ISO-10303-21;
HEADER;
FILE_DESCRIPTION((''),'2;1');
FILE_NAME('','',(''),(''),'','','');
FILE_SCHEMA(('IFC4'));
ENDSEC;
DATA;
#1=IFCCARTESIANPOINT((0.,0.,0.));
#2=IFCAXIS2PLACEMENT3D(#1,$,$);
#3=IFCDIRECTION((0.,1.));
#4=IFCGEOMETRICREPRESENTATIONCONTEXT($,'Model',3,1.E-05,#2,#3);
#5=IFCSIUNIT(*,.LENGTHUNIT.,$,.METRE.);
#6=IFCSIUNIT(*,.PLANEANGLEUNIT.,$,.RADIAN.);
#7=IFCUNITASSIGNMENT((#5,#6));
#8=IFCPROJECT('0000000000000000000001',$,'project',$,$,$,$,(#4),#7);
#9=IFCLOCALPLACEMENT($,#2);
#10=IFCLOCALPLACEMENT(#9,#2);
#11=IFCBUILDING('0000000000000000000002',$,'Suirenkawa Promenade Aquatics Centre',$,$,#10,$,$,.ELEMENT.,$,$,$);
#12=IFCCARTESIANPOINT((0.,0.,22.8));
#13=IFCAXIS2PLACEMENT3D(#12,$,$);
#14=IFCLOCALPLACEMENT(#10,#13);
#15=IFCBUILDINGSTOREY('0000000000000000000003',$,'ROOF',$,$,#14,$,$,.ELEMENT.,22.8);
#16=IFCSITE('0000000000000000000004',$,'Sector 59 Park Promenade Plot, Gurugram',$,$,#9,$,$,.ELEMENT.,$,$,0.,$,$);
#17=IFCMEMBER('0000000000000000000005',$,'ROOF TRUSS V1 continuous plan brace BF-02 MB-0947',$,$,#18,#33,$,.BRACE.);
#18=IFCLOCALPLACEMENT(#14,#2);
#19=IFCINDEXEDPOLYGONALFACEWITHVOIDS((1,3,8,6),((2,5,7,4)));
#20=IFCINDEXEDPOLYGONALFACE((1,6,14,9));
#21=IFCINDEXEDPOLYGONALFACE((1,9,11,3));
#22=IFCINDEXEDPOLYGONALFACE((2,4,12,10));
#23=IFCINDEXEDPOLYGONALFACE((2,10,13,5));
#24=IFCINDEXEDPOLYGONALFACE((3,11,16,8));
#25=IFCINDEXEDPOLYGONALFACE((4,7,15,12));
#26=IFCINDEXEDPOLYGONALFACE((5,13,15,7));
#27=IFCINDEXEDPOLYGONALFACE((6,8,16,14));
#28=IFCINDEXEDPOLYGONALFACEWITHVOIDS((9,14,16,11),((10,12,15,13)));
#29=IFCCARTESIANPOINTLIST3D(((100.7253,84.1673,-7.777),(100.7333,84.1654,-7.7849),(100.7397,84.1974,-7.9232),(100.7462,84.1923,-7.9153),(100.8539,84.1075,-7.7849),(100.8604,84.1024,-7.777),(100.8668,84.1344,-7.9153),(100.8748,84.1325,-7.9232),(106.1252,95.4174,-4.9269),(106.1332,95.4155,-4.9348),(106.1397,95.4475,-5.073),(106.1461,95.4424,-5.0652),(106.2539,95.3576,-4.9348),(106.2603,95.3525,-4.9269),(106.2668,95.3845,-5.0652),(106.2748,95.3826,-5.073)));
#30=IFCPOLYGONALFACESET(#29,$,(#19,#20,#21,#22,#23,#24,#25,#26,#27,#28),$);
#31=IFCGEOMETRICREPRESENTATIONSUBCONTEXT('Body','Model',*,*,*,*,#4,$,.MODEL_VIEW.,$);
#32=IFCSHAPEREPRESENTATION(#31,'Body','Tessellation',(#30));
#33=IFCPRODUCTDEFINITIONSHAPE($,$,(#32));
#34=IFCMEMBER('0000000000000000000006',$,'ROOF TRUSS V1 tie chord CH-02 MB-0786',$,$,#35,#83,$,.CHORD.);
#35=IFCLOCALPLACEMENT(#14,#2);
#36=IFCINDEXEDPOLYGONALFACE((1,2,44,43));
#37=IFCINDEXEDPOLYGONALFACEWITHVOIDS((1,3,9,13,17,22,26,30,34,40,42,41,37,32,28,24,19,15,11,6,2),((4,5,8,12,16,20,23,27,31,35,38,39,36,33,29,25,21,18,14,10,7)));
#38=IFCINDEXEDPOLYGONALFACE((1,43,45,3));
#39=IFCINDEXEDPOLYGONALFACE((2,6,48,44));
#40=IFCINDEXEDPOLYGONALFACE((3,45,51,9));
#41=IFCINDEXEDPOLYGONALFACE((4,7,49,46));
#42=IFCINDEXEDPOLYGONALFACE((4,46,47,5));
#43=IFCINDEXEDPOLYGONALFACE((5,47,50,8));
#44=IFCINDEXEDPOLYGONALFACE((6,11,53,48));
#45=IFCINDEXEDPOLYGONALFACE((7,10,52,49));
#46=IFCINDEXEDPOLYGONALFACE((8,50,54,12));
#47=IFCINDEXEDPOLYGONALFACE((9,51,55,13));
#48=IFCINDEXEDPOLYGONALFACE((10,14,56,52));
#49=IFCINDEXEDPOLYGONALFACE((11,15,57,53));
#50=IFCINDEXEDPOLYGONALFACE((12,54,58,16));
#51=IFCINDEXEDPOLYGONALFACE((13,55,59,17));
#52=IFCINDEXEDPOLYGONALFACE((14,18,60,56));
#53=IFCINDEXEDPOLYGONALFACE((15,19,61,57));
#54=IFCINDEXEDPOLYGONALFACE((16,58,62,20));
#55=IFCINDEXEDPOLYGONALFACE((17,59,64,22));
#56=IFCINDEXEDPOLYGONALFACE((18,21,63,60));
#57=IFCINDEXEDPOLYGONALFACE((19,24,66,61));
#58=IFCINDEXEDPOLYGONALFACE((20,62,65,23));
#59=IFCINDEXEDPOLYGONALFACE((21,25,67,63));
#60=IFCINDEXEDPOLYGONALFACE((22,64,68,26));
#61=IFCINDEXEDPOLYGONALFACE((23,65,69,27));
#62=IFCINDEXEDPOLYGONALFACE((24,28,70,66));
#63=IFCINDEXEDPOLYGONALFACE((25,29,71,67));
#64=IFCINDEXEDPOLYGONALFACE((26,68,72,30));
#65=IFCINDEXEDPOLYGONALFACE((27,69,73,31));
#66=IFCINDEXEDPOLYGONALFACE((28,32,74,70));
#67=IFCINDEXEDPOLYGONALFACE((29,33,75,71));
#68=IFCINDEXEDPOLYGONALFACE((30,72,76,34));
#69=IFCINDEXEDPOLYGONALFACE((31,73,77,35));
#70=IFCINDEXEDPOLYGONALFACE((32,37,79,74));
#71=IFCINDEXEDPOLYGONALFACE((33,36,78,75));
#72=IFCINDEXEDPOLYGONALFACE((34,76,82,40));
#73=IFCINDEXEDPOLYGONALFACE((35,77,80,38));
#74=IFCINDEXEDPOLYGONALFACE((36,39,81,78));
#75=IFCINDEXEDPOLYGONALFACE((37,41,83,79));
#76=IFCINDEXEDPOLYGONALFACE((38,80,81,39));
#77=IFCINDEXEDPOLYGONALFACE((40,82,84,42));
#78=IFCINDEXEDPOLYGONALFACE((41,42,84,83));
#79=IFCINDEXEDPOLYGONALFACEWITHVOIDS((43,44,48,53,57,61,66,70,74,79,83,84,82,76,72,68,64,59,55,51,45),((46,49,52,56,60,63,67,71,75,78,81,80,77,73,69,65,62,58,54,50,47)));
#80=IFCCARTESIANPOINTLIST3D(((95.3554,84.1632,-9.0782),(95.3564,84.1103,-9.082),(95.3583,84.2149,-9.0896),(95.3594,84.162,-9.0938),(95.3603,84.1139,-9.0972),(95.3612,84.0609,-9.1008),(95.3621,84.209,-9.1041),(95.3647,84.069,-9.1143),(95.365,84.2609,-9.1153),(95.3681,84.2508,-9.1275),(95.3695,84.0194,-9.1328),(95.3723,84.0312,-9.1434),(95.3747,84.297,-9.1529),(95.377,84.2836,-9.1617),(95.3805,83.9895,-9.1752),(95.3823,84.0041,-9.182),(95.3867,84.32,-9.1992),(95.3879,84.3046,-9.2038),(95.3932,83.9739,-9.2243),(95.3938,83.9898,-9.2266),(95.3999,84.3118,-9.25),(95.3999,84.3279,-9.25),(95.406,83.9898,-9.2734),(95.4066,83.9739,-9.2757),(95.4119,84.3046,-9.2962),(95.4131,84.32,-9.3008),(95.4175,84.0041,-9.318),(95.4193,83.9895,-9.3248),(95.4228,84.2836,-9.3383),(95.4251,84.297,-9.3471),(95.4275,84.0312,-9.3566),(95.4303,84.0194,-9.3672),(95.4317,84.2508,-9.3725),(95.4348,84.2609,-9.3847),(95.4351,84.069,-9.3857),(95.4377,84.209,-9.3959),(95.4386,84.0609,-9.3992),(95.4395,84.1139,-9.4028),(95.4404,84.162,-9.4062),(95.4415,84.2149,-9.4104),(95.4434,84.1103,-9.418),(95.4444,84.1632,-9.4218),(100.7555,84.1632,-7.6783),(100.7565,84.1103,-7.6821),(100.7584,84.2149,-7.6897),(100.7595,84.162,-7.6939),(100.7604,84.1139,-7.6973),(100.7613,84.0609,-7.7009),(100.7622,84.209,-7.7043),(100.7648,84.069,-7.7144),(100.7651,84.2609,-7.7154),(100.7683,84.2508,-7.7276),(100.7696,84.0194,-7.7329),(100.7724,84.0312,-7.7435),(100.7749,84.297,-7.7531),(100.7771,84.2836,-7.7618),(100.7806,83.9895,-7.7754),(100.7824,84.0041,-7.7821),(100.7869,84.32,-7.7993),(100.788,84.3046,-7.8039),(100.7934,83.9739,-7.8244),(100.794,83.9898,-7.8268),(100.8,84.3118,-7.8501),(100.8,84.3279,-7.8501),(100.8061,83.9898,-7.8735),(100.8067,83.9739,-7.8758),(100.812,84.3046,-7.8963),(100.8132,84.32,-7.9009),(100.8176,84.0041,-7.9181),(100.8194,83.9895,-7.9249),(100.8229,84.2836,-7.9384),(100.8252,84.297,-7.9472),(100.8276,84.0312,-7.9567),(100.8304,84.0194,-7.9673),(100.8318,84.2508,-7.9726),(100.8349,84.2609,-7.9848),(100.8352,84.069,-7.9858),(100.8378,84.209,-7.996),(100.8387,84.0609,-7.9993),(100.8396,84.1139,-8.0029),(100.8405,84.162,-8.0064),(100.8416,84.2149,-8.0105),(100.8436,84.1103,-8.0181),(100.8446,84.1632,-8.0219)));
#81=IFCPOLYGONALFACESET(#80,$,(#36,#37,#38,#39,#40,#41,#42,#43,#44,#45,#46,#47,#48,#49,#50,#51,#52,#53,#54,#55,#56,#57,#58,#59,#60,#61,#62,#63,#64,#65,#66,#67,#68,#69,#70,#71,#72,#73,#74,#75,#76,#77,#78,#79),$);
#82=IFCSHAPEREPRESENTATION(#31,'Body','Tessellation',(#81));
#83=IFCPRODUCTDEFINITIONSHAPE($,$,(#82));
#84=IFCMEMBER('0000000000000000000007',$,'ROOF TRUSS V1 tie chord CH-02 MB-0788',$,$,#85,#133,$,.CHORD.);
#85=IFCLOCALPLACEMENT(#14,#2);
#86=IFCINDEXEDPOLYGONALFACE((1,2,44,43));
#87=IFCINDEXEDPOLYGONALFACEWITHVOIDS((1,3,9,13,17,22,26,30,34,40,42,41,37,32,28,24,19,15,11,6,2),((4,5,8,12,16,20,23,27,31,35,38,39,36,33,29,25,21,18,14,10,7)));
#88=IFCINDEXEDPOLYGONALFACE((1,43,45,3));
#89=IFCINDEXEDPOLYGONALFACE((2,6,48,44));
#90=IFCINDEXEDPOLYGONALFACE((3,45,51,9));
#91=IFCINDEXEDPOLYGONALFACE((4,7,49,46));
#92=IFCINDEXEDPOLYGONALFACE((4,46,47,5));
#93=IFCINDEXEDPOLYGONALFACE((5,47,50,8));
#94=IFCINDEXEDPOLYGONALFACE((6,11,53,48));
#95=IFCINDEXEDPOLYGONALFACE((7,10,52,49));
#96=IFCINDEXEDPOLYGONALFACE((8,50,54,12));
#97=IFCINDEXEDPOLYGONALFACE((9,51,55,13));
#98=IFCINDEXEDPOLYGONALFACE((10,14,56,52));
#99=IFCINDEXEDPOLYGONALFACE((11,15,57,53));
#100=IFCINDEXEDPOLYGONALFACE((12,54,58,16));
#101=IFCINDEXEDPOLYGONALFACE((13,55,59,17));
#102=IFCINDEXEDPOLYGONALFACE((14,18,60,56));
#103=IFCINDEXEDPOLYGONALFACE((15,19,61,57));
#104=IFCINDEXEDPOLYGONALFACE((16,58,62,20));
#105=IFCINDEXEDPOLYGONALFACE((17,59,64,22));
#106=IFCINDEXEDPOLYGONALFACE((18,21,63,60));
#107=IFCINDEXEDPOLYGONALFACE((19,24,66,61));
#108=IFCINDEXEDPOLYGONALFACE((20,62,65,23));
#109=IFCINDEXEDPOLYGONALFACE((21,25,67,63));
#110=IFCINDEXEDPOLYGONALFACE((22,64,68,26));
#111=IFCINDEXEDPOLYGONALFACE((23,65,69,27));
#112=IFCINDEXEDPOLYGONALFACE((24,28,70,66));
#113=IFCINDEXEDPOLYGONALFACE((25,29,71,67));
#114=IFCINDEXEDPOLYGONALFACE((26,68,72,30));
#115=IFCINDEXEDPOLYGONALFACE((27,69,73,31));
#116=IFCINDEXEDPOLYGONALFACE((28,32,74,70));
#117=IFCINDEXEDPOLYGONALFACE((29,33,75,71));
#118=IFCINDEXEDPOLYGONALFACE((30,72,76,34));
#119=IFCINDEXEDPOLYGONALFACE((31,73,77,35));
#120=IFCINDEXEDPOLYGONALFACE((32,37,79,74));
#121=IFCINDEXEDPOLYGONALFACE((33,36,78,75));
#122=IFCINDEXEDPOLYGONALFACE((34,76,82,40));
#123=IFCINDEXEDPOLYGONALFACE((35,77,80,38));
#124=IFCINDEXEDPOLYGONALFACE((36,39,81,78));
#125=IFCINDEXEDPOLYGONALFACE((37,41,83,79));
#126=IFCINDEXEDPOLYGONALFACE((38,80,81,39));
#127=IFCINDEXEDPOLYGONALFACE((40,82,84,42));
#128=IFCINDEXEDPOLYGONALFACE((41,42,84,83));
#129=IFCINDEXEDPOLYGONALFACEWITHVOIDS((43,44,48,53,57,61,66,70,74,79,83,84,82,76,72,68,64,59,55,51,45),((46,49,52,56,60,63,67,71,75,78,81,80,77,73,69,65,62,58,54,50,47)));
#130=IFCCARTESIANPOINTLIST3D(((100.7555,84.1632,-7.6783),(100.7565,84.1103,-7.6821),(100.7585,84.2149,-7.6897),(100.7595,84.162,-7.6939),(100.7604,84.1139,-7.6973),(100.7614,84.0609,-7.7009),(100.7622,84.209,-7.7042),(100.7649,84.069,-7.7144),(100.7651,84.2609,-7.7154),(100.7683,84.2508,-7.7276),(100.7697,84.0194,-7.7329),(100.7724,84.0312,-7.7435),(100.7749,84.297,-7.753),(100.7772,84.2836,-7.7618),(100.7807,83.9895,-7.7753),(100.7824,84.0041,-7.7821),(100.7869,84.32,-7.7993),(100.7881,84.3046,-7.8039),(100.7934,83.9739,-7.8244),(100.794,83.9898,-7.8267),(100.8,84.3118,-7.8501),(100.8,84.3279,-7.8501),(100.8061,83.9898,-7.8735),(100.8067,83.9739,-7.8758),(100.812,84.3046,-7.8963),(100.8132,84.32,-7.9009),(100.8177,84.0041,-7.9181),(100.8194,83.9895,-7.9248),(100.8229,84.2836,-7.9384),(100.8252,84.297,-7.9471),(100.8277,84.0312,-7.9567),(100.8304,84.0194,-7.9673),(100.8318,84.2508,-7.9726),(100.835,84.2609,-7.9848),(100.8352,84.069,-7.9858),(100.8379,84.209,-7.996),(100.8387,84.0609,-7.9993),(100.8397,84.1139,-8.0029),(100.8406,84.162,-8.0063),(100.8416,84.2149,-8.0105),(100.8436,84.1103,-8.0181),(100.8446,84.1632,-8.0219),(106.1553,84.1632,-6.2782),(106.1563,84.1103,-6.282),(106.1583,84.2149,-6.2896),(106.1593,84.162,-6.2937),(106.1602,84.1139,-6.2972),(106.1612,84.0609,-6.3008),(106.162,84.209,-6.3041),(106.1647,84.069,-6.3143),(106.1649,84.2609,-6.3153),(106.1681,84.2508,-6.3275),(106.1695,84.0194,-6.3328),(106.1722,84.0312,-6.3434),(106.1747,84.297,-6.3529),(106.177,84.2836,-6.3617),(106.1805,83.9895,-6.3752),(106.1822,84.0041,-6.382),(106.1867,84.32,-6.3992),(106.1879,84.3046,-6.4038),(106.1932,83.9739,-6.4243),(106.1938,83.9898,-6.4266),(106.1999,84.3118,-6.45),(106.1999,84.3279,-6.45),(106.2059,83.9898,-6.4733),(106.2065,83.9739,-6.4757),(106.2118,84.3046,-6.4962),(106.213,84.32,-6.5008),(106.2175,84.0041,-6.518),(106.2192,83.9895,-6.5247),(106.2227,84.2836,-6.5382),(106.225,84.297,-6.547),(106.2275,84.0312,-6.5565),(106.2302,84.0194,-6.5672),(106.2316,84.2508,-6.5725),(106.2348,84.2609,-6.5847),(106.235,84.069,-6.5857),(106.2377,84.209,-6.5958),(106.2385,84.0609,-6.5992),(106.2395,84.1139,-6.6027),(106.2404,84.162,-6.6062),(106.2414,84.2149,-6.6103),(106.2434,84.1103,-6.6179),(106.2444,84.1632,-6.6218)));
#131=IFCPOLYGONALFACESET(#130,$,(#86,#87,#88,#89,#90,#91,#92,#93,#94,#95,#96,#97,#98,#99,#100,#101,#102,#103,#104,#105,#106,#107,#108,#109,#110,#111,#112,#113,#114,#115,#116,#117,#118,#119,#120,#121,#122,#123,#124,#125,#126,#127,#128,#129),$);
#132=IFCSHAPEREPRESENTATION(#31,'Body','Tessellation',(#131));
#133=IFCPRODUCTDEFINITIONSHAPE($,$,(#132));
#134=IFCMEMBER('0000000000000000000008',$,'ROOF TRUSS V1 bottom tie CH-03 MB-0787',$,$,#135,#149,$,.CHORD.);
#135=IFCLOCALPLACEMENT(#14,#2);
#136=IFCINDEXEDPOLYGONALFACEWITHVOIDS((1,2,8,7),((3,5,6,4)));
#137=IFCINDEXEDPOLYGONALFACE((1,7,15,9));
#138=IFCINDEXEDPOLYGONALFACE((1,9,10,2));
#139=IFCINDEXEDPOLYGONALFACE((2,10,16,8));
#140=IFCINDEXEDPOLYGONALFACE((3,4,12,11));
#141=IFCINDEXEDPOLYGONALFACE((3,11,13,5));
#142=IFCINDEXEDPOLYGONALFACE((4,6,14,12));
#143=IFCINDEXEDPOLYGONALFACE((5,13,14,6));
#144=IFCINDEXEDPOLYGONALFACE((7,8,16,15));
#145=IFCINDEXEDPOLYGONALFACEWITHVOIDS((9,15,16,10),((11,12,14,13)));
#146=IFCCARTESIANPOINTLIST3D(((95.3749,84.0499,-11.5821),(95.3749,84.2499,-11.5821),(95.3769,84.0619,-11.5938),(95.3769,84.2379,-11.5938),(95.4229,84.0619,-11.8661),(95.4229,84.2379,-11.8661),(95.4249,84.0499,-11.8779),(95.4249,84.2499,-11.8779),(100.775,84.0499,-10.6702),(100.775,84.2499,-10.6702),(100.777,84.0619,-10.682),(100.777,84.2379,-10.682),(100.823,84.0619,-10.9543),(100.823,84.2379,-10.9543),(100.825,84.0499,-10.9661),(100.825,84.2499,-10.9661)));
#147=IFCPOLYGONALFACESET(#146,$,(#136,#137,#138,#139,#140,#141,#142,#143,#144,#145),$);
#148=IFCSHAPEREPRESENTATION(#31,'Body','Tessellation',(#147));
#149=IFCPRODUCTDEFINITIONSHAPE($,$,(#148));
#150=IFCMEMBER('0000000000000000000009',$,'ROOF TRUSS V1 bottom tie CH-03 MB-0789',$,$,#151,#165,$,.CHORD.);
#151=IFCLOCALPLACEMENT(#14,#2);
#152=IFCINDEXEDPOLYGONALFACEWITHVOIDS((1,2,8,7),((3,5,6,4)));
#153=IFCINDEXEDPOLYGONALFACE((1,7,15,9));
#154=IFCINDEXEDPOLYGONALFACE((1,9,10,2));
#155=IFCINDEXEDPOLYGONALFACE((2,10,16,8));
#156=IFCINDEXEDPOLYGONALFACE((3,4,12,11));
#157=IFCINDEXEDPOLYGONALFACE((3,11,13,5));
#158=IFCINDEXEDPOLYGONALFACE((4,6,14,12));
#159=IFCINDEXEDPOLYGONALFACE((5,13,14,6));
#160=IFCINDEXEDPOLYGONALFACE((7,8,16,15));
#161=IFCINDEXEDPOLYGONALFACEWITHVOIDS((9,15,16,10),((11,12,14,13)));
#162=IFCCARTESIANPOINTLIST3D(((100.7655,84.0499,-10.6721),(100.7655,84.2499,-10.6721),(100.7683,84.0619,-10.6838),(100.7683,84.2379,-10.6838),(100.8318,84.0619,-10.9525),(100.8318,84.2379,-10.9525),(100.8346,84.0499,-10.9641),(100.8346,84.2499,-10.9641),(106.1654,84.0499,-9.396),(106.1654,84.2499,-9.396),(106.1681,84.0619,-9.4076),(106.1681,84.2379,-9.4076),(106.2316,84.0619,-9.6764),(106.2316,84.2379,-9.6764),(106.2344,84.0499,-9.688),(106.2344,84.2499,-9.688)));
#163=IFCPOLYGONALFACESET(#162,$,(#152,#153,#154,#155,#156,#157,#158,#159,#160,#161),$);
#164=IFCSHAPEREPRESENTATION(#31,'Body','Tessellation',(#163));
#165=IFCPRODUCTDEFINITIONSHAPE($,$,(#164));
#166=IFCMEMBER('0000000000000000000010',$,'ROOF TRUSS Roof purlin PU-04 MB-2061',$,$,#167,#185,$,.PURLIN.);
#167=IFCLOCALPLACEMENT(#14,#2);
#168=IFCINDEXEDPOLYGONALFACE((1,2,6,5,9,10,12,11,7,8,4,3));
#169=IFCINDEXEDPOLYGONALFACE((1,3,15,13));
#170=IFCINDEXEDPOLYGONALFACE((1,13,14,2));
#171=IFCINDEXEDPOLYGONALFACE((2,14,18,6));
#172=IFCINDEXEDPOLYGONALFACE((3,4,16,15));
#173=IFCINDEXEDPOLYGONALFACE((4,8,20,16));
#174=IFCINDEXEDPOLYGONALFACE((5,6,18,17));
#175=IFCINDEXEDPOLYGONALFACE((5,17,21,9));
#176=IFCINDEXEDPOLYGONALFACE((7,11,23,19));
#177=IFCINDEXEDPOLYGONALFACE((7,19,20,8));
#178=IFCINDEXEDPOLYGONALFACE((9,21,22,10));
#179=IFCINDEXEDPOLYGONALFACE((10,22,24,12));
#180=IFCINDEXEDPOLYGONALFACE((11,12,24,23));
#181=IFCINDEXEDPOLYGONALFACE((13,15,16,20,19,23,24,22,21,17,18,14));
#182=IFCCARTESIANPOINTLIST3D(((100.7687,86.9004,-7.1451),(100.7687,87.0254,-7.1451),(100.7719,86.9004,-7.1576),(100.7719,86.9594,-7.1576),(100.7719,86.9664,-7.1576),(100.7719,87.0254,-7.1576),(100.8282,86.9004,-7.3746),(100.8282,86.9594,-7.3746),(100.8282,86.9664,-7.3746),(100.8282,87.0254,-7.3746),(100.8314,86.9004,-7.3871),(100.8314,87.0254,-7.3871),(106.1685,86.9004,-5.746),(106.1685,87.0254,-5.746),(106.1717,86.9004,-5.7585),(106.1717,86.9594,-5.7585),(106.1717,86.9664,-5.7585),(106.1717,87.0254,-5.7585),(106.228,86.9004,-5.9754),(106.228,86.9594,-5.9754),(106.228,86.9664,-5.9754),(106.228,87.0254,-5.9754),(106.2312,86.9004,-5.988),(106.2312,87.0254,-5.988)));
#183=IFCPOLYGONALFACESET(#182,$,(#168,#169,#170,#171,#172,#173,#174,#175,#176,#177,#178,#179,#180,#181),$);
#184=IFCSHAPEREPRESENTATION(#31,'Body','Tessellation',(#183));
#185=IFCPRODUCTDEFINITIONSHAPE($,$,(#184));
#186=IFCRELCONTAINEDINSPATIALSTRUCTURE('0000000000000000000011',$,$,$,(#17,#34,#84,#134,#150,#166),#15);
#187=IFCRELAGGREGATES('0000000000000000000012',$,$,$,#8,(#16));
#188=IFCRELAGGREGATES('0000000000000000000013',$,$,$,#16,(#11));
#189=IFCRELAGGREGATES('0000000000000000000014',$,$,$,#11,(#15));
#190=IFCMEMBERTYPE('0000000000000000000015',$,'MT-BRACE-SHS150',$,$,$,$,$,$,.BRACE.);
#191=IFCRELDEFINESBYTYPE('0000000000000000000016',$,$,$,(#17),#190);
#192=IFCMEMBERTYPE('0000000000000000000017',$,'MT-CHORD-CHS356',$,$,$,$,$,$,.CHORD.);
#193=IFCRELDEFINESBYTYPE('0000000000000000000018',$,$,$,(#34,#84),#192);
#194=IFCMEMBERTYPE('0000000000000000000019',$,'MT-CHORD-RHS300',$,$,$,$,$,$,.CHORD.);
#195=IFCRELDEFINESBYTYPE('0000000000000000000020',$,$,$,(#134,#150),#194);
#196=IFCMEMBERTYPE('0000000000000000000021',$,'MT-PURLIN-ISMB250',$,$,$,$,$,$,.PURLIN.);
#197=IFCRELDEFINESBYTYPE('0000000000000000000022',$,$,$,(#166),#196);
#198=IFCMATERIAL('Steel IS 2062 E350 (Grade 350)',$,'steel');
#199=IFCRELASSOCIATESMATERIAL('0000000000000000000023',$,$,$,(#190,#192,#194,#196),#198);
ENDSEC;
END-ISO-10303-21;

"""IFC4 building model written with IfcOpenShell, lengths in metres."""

from ifc_helpers import new_model, si_unit, direction, frame, origin, origin_2d, place, context, subcontext, project, spatial, hollow_rectangle, hollow_circle, i_section, extrude, material, material_profile, profile_set, type_object, element, save


model = new_model("IFC4")

# Units and contexts
model_context = context("Model", 3, precision=1e-05, world=origin(), true_north=direction((0.0, 1.0)))
body_context = subcontext(model_context, "Body", "Model", "MODEL_VIEW")
ifc_project = project(units=[si_unit("LENGTHUNIT", "METRE"), si_unit("PLANEANGLEUNIT", "RADIAN")], contexts=[model_context])

# Site, building, storey
site_placement = place(None, origin())
site = spatial("IfcSite", under=ifc_project, at=site_placement, Name="Sector 59 Park Promenade Plot, Gurugram", CompositionType="ELEMENT", RefElevation=0.0)
building_placement = place(site_placement, origin())
building = spatial("IfcBuilding", under=site, at=building_placement, Name="Suirenkawa Promenade Aquatics Centre", CompositionType="ELEMENT")
storey_placement = place(building_placement, frame((0.0, 0.0, 22.8)))
storey = spatial("IfcBuildingStorey", under=building, at=storey_placement, Name="ROOF", CompositionType="ELEMENT", Elevation=22.8)

# Shared definitions
ifc_material = material(Name="Steel IS 2062 E350 (Grade 350)", Category="steel")

# Members
ifc_material_profile_1 = material_profile(ifc_material, hollow_rectangle(XDim=0.1499, YDim=0.1499, WallThickness=0.0081, at=origin_2d()), Name="SHS 150x150x8", Category="steel")
ifc_profile_set_1 = profile_set([ifc_material_profile_1], Name="Steel IS 2062 E350 (Grade 350)")
member_type_1 = type_object("IfcMemberType", Name="MT-BRACE-SHS150", PredefinedType="BRACE", material=ifc_profile_set_1)
member_1_placement = place(storey_placement, frame((100.8, 84.1499, -7.8501), z_axis=(0.421862, 0.878894, 0.222661), x_axis=(-0.901526, 0.432725, 0.0)))
element("IfcMember", 1, at=member_1_placement, inside=storey, type_object=member_type_1, Name="ROOF TRUSS V1 continuous plan brace BF-02 MB-0947", PredefinedType="BRACE", context=body_context, shape_type="SweptSolid", body=[
    extrude(hollow_rectangle(XDim=0.1499, YDim=0.1499, WallThickness=0.0081, at=origin_2d()), origin(), (0.0, 0.0, 1.0), 12.8003),
])
ifc_material_profile_2 = material_profile(ifc_material, hollow_circle(Radius=0.178, WallThickness=0.0161, at=origin_2d()), Name="CHS 356x16", Category="steel")
ifc_profile_set_2 = profile_set([ifc_material_profile_2], Name="Steel IS 2062 E350 (Grade 350)")
member_type_2 = type_object("IfcMemberType", Name="MT-CHORD-CHS356", PredefinedType="CHORD", material=ifc_profile_set_2)
member_2_placement = place(storey_placement, frame((95.3999, 84.1499, -9.25), z_axis=(0.968003, 0.0, 0.250939), x_axis=(0.0, 1.0, 0.0)))
element("IfcMember", 2, at=member_2_placement, inside=storey, type_object=member_type_2, Name="ROOF TRUSS V1 tie chord CH-02 MB-0786", PredefinedType="CHORD", context=body_context, shape_type="SweptSolid", body=[
    extrude(hollow_circle(Radius=0.178, WallThickness=0.0161, at=origin_2d()), origin(), (0.0, 0.0, 1.0), 5.5786),
])
member_3_placement = place(storey_placement, frame((100.8, 84.1499, -7.8501), z_axis=(0.967989, 0.0, 0.250991), x_axis=(0.0, 1.0, 0.0)))
element("IfcMember", 3, at=member_3_placement, inside=storey, type_object=member_type_2, Name="ROOF TRUSS V1 tie chord CH-02 MB-0788", PredefinedType="CHORD", context=body_context, shape_type="SweptSolid", body=[
    extrude(hollow_circle(Radius=0.178, WallThickness=0.0161, at=origin_2d()), origin(), (0.0, 0.0, 1.0), 5.5784),
])
ifc_material_profile_3 = material_profile(ifc_material, hollow_rectangle(XDim=0.2, YDim=0.3, WallThickness=0.012, at=origin_2d()), Name="RHS 300x200x12", Category="steel")
ifc_profile_set_3 = profile_set([ifc_material_profile_3], Name="Steel IS 2062 E350 (Grade 350)")
member_type_3 = type_object("IfcMemberType", Name="MT-CHORD-RHS300", PredefinedType="CHORD", material=ifc_profile_set_3)
member_4_placement = place(storey_placement, frame((95.3999, 84.1499, -11.73), z_axis=(0.986041, 0.0, 0.166502), x_axis=(0.0, 1.0, 0.0)))
element("IfcMember", 4, at=member_4_placement, inside=storey, type_object=member_type_3, Name="ROOF TRUSS V1 bottom tie CH-03 MB-0787", PredefinedType="CHORD", context=body_context, shape_type="SweptSolid", body=[
    extrude(hollow_rectangle(XDim=0.2, YDim=0.3, WallThickness=0.012, at=origin_2d()), origin(), (0.0, 0.0, 1.0), 5.4766),
])
member_5_placement = place(storey_placement, frame((100.8, 84.1499, -10.8181), z_axis=(0.973193, 0.0, 0.229988), x_axis=(0.0, 1.0, 0.0)))
element("IfcMember", 5, at=member_5_placement, inside=storey, type_object=member_type_3, Name="ROOF TRUSS V1 bottom tie CH-03 MB-0789", PredefinedType="CHORD", context=body_context, shape_type="SweptSolid", body=[
    extrude(hollow_rectangle(XDim=0.2, YDim=0.3, WallThickness=0.012, at=origin_2d()), origin(), (0.0, 0.0, 1.0), 5.5486),
])
ifc_material_profile_4 = material_profile(ifc_material, i_section(OverallWidth=0.125, OverallDepth=0.25, WebThickness=0.0071, FlangeThickness=0.0129, at=origin_2d()), Name="ISMB 250", Category="steel")
ifc_profile_set_4 = profile_set([ifc_material_profile_4], Name="Steel IS 2062 E350 (Grade 350)")
member_type_4 = type_object("IfcMemberType", Name="MT-PURLIN-ISMB250", PredefinedType="PURLIN", material=ifc_profile_set_4)
member_6_placement = place(storey_placement, frame((100.8, 86.9629, -7.2661), z_axis=(0.968032, 0.0, 0.250827), x_axis=(0.0, 1.0, 0.0)))
element("IfcMember", 6, at=member_6_placement, inside=storey, type_object=member_type_4, Name="ROOF TRUSS Roof purlin PU-04 MB-2061", PredefinedType="PURLIN", context=body_context, shape_type="SweptSolid", body=[
    extrude(i_section(OverallWidth=0.125, OverallDepth=0.25, WebThickness=0.0071, FlangeThickness=0.0129, at=origin_2d()), origin(), (0.0, 0.0, 1.0), 5.5781),
])

save(model, "model.ifc")
